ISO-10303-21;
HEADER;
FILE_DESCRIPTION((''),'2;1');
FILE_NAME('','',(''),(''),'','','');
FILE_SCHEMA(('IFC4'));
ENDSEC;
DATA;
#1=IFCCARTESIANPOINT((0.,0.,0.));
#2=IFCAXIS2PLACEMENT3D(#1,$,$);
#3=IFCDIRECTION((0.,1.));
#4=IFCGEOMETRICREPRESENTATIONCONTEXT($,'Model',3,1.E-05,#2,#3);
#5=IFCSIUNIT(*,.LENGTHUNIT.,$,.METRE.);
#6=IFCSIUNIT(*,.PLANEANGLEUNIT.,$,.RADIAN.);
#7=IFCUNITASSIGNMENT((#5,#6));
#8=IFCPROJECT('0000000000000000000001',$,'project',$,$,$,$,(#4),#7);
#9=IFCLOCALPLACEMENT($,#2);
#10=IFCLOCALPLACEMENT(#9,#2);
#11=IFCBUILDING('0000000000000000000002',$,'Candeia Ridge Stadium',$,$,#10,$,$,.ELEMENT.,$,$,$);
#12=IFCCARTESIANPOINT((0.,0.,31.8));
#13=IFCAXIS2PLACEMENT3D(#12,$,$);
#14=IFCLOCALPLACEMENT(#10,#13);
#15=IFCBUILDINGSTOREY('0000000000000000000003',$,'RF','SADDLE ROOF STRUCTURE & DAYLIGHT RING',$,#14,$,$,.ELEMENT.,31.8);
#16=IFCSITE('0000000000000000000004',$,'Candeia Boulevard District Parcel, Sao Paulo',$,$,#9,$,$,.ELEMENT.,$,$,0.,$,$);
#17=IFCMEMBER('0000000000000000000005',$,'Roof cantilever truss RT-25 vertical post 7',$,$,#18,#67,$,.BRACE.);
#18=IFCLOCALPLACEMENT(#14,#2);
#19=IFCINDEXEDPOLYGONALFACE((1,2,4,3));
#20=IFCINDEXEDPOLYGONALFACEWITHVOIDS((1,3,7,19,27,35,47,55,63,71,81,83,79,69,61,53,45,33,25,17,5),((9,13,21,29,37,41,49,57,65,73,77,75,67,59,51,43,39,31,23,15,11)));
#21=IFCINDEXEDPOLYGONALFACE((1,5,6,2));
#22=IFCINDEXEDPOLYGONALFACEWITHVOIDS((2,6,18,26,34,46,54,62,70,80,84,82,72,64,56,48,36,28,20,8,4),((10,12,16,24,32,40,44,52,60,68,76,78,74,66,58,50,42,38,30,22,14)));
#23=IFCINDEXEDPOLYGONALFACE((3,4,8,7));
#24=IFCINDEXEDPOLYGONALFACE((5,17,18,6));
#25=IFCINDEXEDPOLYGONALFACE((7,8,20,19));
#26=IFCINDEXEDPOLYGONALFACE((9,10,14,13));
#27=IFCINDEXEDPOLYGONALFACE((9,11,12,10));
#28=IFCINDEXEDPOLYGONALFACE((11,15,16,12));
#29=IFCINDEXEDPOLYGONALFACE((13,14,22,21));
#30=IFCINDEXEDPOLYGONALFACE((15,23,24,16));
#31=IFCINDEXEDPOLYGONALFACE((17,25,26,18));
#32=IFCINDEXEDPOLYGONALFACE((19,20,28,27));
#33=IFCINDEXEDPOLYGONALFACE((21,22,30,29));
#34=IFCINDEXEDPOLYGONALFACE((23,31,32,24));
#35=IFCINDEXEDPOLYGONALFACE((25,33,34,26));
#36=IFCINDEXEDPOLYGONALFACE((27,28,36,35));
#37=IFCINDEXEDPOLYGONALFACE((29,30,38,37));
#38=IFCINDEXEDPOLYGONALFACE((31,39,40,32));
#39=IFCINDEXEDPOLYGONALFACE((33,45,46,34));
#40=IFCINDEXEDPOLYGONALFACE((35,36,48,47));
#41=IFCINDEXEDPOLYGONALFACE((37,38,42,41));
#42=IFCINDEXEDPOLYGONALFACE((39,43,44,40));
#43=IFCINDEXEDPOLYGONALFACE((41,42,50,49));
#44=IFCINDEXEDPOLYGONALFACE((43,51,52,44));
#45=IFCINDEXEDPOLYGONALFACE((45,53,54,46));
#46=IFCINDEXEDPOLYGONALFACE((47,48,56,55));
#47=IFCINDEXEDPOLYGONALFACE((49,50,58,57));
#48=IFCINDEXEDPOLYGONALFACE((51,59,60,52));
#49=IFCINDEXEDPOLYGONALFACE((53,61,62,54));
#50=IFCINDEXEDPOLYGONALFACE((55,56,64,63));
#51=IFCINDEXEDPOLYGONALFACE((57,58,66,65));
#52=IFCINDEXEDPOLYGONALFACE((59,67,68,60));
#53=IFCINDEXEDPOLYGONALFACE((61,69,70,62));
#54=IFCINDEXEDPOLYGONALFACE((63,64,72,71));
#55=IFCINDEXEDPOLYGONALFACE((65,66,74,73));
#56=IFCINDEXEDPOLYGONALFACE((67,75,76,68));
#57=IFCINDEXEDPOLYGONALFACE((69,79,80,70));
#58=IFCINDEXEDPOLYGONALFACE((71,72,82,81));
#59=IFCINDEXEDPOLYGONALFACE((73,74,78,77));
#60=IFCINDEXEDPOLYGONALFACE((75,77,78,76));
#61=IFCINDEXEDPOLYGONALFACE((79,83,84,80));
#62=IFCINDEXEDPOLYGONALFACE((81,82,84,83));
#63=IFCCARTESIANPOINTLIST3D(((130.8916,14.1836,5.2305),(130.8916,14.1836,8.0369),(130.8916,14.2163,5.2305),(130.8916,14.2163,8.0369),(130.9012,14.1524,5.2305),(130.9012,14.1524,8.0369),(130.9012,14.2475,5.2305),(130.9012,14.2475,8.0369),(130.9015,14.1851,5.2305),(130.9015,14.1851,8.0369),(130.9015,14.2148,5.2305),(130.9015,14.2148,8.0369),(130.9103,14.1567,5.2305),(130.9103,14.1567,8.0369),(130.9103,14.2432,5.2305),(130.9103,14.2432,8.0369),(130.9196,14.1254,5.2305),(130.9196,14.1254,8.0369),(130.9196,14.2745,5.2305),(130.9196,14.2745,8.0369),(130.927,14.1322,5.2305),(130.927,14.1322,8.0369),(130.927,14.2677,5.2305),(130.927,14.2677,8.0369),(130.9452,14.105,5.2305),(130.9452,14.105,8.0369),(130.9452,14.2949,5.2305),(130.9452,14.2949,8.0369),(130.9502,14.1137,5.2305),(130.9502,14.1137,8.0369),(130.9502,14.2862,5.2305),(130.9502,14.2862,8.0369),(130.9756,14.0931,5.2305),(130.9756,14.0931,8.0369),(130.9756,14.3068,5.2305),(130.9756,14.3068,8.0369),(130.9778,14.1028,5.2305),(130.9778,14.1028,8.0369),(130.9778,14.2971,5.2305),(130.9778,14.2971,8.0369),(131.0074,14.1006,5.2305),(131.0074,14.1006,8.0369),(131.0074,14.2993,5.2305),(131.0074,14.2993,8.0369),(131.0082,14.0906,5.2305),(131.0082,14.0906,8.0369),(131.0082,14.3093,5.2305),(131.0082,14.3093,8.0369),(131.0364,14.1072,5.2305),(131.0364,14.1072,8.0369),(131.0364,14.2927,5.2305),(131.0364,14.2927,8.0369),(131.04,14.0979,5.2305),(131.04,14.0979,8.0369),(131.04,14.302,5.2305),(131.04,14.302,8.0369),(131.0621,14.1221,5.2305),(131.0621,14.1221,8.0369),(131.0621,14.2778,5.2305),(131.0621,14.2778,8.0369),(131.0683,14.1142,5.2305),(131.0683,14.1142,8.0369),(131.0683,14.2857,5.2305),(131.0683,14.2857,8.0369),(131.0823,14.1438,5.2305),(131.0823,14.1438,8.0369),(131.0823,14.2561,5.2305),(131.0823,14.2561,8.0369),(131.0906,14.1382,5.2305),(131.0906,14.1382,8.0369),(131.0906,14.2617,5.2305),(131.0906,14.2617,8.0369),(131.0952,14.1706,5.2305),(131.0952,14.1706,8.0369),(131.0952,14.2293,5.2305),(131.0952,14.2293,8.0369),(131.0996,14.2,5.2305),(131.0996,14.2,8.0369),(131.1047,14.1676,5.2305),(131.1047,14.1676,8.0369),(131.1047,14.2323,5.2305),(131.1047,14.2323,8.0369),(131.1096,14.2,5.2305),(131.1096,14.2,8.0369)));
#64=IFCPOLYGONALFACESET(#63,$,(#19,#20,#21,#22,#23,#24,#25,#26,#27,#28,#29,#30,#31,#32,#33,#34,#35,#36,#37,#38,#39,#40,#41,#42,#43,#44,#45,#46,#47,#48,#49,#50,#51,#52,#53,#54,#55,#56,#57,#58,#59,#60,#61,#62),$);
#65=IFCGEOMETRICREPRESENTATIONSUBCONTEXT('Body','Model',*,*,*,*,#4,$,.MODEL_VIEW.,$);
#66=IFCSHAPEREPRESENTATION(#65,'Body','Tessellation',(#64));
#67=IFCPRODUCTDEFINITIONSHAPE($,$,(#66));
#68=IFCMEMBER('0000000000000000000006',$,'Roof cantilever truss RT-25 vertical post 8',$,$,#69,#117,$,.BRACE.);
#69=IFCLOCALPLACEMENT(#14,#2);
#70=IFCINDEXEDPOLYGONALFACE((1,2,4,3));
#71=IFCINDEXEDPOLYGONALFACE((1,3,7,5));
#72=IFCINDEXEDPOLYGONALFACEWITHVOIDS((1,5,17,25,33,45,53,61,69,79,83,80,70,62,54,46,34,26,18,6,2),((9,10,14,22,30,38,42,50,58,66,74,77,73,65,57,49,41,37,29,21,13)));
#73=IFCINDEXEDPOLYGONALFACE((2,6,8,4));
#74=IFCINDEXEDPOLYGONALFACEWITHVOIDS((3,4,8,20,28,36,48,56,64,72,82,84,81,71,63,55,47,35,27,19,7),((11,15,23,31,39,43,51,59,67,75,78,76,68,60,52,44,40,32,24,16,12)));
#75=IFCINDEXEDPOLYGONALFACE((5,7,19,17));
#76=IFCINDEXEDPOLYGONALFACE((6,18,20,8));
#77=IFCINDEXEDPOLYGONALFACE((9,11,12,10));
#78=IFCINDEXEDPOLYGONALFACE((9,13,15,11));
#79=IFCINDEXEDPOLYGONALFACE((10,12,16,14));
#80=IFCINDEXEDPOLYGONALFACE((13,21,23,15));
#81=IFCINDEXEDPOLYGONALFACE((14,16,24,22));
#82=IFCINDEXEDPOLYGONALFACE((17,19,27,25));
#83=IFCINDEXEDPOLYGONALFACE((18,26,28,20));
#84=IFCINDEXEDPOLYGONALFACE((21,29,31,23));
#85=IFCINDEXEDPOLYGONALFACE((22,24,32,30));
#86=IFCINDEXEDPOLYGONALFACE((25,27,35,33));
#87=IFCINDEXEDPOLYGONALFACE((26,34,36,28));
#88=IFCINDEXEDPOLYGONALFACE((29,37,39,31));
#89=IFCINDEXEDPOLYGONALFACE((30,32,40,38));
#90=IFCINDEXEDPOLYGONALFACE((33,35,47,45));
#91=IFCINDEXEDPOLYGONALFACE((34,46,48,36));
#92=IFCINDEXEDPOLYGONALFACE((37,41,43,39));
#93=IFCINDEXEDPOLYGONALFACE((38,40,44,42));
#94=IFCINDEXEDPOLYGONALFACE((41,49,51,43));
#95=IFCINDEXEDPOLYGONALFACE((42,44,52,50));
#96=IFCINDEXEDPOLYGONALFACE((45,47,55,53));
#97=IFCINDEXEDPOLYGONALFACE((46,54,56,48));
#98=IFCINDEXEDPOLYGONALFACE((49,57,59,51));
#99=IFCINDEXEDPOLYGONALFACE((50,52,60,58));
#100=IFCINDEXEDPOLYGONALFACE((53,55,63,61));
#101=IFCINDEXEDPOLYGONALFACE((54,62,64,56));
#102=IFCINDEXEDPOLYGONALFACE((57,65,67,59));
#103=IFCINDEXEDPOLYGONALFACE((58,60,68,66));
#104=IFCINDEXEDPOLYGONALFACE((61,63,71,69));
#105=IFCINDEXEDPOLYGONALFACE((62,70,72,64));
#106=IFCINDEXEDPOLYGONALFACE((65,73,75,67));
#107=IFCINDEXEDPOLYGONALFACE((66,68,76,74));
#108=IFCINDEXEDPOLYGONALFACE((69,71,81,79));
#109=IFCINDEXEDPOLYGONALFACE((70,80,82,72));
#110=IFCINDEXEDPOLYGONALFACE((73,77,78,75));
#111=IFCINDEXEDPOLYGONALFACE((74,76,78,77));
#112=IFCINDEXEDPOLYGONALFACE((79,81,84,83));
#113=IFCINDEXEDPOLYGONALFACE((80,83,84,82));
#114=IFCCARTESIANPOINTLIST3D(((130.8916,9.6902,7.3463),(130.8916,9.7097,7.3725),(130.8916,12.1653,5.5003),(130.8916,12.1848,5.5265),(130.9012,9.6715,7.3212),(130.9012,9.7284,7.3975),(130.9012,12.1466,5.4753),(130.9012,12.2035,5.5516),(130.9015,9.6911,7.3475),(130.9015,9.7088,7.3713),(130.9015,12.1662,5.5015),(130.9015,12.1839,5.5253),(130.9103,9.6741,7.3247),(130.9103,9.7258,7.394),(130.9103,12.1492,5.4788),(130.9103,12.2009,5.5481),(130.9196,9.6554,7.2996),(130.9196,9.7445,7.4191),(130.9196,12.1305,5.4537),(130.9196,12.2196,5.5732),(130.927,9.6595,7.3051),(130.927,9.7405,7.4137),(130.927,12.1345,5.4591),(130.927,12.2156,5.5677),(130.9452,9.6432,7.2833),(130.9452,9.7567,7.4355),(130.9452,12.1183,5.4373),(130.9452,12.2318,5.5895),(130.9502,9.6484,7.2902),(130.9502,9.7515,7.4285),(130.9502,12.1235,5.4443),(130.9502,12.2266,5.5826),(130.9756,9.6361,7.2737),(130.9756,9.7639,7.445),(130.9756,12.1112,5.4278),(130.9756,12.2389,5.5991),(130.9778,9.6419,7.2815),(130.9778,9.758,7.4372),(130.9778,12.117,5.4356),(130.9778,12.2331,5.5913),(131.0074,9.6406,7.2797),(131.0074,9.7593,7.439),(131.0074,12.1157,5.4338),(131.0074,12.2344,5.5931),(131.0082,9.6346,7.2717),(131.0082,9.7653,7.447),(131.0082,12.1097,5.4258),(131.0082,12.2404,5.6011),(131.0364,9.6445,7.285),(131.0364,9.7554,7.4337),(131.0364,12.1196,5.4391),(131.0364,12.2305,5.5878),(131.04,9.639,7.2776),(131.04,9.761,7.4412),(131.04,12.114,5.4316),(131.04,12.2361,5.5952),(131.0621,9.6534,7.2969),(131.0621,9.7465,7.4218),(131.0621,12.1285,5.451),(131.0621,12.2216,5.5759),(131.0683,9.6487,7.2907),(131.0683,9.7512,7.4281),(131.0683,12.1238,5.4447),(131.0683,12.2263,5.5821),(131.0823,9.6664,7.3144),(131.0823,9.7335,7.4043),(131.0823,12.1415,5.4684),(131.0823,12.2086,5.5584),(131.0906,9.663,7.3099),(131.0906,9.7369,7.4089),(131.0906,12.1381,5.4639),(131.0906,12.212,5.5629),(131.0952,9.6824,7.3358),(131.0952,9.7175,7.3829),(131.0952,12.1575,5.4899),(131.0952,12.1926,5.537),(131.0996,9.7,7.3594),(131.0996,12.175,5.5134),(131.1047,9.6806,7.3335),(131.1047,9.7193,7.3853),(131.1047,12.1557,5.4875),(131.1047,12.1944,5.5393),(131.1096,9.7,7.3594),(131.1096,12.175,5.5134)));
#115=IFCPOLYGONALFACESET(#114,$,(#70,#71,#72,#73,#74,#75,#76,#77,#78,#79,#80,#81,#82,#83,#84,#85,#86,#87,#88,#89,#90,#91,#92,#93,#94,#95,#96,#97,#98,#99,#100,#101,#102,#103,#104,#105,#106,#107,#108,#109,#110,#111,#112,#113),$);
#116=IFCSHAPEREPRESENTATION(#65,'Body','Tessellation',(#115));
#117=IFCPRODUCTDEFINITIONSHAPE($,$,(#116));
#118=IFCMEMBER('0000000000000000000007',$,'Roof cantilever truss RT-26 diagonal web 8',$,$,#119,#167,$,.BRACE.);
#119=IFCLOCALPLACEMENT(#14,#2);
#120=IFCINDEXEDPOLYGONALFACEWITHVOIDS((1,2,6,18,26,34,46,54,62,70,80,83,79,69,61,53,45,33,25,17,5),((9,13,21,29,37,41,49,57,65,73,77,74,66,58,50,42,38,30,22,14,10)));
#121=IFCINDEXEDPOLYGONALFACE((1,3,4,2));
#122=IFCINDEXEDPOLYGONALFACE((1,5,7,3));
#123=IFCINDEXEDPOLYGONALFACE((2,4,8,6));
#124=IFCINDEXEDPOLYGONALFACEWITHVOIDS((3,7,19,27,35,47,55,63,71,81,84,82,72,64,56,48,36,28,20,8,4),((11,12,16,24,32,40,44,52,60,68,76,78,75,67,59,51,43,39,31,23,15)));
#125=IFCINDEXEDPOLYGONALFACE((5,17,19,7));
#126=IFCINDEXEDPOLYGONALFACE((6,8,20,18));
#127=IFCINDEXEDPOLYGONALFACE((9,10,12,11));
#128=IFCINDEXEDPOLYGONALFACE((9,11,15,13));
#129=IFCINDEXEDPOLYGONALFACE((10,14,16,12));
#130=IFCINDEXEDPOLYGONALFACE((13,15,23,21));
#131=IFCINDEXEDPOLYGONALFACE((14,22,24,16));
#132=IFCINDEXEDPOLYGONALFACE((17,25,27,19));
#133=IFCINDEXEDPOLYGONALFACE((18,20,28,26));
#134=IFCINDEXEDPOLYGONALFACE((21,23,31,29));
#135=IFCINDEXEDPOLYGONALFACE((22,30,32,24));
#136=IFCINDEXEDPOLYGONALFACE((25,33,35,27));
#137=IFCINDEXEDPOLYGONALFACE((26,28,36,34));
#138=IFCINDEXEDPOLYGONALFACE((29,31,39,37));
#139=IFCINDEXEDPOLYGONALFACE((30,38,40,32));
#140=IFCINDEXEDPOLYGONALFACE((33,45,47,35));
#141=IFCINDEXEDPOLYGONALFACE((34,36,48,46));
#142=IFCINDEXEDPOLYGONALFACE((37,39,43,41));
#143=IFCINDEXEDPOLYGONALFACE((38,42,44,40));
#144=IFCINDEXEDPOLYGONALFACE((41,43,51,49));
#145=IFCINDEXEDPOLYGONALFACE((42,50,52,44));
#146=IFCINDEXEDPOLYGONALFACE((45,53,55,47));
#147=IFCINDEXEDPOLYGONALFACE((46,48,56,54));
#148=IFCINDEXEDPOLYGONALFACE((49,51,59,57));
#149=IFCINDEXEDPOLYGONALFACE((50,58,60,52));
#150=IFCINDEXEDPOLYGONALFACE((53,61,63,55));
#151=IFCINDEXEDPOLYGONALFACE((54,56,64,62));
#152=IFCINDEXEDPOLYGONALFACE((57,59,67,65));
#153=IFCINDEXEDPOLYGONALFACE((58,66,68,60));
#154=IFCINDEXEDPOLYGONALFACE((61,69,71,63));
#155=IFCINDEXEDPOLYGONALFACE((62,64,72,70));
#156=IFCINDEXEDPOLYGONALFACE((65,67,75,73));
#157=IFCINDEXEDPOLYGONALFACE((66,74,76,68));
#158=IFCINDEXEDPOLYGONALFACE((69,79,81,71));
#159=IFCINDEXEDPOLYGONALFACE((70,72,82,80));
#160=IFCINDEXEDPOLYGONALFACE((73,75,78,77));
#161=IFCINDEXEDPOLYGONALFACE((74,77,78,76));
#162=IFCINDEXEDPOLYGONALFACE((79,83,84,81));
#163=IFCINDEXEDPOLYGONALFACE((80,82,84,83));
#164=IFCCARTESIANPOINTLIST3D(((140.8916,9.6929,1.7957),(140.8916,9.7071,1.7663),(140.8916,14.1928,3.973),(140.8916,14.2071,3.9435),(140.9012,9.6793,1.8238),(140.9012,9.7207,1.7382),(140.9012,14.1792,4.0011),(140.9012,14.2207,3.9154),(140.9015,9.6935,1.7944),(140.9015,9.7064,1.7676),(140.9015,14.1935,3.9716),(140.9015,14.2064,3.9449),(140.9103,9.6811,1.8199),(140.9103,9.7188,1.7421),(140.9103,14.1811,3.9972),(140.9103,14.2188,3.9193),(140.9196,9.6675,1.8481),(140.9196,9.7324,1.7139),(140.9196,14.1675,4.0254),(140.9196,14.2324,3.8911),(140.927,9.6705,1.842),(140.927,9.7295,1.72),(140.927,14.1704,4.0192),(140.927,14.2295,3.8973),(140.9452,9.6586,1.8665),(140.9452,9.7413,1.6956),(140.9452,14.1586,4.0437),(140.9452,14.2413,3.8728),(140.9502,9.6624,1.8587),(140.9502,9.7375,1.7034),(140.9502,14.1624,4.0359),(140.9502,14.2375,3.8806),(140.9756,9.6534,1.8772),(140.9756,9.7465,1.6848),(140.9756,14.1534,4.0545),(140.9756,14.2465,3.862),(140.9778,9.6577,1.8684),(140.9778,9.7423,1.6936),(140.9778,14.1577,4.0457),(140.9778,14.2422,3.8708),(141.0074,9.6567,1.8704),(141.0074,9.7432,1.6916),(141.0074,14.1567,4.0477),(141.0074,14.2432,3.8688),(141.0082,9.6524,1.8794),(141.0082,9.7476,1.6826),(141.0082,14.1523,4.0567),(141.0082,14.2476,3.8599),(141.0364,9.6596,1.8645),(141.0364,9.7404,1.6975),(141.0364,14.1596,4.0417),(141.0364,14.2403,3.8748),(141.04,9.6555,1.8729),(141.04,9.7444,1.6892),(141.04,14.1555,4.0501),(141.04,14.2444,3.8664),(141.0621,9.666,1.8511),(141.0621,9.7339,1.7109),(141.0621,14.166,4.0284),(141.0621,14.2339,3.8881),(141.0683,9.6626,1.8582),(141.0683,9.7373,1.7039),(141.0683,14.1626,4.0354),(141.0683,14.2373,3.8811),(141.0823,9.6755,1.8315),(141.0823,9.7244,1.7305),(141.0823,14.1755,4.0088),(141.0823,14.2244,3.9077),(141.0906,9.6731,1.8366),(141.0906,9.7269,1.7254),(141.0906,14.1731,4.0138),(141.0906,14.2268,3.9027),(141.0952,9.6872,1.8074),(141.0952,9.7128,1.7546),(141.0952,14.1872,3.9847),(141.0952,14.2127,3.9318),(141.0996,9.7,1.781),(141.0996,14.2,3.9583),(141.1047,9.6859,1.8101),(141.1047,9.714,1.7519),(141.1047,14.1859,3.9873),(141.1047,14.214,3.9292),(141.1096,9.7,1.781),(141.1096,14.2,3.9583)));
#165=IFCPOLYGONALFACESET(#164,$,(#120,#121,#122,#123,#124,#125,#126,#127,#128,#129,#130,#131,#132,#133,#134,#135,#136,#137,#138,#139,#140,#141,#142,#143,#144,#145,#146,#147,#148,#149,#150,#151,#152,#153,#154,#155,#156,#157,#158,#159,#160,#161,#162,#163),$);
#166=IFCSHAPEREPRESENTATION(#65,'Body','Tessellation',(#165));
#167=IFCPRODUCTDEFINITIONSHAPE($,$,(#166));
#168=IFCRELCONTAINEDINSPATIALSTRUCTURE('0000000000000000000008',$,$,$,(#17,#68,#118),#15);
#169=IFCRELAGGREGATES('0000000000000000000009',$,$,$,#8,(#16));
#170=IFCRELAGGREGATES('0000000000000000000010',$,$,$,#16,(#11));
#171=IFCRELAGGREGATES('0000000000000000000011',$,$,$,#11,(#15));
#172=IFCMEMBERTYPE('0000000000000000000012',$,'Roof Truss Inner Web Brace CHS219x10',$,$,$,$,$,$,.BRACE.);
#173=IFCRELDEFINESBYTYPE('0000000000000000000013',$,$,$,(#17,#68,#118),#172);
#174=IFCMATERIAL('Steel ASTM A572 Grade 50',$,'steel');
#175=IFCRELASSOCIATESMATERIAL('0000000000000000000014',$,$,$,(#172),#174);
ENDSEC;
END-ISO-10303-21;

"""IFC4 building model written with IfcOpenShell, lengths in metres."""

from ifc_helpers import new_model, si_unit, direction, frame, origin, origin_2d, place, context, subcontext, project, spatial, hollow_circle, extrude, material, material_profile, profile_set, type_object, element, save


model = new_model("IFC4")

# Units and contexts
model_context = context("Model", 3, precision=1e-05, world=origin(), true_north=direction((0.0, 1.0)))
body_context = subcontext(model_context, "Body", "Model", "MODEL_VIEW")
ifc_project = project(units=[si_unit("LENGTHUNIT", "METRE"), si_unit("PLANEANGLEUNIT", "RADIAN")], contexts=[model_context])

# Site, building, storey
site_placement = place(None, origin())
site = spatial("IfcSite", under=ifc_project, at=site_placement, Name="Candeia Boulevard District Parcel, Sao Paulo", CompositionType="ELEMENT", RefElevation=0.0)
building_placement = place(site_placement, origin())
building = spatial("IfcBuilding", under=site, at=building_placement, Name="Candeia Ridge Stadium", CompositionType="ELEMENT")
storey_placement = place(building_placement, frame((0.0, 0.0, 31.8)))
storey = spatial("IfcBuildingStorey", under=building, at=storey_placement, Name="RF", Description="SADDLE ROOF STRUCTURE & DAYLIGHT RING", CompositionType="ELEMENT", Elevation=31.8)

# Shared definitions
ifc_material_1 = material(Name="Steel ASTM A572 Grade 50", Category="steel")

# Members
ifc_material_profile_1 = material_profile(ifc_material_1, hollow_circle(Radius=0.1096, WallThickness=0.01, at=origin_2d()), Name="CHS219x10", Category="steel")
ifc_profile_set_1 = profile_set([ifc_material_profile_1], Name="Steel ASTM A572 Grade 50")
member_type_1 = type_object("IfcMemberType", Name="Roof Truss Inner Web Brace CHS219x10", PredefinedType="BRACE", material=ifc_profile_set_1)
member_1_placement = place(storey_placement, frame((131.0, 14.2, 5.2305), z_axis=(0.0, 0.0, 1.0), x_axis=(1.0, 0.0, 0.0)))
element("IfcMember", 1, at=member_1_placement, inside=storey, type_object=member_type_1, Name="Roof cantilever truss RT-25 vertical post 7", PredefinedType="BRACE", context=body_context, shape_type="SweptSolid", body=[
    extrude(hollow_circle(Radius=0.1096, WallThickness=0.01, at=origin_2d()), origin(), (0.0, 0.0, 1.0), 2.8064),
])
member_2_placement = place(storey_placement, frame((131.0, 12.175, 5.5134), z_axis=(0.0, -0.80161, 0.597847), x_axis=(1.0, 0.0, 0.0)))
element("IfcMember", 2, at=member_2_placement, inside=storey, type_object=member_type_1, Name="Roof cantilever truss RT-25 vertical post 8", PredefinedType="BRACE", context=body_context, shape_type="SweptSolid", body=[
    extrude(hollow_circle(Radius=0.1096, WallThickness=0.01, at=origin_2d()), origin(), (0.0, 0.0, 1.0), 3.0876),
])
member_3_placement = place(storey_placement, frame((141.0, 14.2, 3.9583), z_axis=(0.0, -0.900173, -0.435533), x_axis=(1.0, 0.0, 0.0)))
element("IfcMember", 3, at=member_3_placement, inside=storey, type_object=member_type_1, Name="Roof cantilever truss RT-26 diagonal web 8", PredefinedType="BRACE", context=body_context, shape_type="SweptSolid", body=[
    extrude(hollow_circle(Radius=0.1096, WallThickness=0.01, at=origin_2d()), origin(), (0.0, 0.0, 1.0), 4.999),
])

save(model, "model.ifc")
